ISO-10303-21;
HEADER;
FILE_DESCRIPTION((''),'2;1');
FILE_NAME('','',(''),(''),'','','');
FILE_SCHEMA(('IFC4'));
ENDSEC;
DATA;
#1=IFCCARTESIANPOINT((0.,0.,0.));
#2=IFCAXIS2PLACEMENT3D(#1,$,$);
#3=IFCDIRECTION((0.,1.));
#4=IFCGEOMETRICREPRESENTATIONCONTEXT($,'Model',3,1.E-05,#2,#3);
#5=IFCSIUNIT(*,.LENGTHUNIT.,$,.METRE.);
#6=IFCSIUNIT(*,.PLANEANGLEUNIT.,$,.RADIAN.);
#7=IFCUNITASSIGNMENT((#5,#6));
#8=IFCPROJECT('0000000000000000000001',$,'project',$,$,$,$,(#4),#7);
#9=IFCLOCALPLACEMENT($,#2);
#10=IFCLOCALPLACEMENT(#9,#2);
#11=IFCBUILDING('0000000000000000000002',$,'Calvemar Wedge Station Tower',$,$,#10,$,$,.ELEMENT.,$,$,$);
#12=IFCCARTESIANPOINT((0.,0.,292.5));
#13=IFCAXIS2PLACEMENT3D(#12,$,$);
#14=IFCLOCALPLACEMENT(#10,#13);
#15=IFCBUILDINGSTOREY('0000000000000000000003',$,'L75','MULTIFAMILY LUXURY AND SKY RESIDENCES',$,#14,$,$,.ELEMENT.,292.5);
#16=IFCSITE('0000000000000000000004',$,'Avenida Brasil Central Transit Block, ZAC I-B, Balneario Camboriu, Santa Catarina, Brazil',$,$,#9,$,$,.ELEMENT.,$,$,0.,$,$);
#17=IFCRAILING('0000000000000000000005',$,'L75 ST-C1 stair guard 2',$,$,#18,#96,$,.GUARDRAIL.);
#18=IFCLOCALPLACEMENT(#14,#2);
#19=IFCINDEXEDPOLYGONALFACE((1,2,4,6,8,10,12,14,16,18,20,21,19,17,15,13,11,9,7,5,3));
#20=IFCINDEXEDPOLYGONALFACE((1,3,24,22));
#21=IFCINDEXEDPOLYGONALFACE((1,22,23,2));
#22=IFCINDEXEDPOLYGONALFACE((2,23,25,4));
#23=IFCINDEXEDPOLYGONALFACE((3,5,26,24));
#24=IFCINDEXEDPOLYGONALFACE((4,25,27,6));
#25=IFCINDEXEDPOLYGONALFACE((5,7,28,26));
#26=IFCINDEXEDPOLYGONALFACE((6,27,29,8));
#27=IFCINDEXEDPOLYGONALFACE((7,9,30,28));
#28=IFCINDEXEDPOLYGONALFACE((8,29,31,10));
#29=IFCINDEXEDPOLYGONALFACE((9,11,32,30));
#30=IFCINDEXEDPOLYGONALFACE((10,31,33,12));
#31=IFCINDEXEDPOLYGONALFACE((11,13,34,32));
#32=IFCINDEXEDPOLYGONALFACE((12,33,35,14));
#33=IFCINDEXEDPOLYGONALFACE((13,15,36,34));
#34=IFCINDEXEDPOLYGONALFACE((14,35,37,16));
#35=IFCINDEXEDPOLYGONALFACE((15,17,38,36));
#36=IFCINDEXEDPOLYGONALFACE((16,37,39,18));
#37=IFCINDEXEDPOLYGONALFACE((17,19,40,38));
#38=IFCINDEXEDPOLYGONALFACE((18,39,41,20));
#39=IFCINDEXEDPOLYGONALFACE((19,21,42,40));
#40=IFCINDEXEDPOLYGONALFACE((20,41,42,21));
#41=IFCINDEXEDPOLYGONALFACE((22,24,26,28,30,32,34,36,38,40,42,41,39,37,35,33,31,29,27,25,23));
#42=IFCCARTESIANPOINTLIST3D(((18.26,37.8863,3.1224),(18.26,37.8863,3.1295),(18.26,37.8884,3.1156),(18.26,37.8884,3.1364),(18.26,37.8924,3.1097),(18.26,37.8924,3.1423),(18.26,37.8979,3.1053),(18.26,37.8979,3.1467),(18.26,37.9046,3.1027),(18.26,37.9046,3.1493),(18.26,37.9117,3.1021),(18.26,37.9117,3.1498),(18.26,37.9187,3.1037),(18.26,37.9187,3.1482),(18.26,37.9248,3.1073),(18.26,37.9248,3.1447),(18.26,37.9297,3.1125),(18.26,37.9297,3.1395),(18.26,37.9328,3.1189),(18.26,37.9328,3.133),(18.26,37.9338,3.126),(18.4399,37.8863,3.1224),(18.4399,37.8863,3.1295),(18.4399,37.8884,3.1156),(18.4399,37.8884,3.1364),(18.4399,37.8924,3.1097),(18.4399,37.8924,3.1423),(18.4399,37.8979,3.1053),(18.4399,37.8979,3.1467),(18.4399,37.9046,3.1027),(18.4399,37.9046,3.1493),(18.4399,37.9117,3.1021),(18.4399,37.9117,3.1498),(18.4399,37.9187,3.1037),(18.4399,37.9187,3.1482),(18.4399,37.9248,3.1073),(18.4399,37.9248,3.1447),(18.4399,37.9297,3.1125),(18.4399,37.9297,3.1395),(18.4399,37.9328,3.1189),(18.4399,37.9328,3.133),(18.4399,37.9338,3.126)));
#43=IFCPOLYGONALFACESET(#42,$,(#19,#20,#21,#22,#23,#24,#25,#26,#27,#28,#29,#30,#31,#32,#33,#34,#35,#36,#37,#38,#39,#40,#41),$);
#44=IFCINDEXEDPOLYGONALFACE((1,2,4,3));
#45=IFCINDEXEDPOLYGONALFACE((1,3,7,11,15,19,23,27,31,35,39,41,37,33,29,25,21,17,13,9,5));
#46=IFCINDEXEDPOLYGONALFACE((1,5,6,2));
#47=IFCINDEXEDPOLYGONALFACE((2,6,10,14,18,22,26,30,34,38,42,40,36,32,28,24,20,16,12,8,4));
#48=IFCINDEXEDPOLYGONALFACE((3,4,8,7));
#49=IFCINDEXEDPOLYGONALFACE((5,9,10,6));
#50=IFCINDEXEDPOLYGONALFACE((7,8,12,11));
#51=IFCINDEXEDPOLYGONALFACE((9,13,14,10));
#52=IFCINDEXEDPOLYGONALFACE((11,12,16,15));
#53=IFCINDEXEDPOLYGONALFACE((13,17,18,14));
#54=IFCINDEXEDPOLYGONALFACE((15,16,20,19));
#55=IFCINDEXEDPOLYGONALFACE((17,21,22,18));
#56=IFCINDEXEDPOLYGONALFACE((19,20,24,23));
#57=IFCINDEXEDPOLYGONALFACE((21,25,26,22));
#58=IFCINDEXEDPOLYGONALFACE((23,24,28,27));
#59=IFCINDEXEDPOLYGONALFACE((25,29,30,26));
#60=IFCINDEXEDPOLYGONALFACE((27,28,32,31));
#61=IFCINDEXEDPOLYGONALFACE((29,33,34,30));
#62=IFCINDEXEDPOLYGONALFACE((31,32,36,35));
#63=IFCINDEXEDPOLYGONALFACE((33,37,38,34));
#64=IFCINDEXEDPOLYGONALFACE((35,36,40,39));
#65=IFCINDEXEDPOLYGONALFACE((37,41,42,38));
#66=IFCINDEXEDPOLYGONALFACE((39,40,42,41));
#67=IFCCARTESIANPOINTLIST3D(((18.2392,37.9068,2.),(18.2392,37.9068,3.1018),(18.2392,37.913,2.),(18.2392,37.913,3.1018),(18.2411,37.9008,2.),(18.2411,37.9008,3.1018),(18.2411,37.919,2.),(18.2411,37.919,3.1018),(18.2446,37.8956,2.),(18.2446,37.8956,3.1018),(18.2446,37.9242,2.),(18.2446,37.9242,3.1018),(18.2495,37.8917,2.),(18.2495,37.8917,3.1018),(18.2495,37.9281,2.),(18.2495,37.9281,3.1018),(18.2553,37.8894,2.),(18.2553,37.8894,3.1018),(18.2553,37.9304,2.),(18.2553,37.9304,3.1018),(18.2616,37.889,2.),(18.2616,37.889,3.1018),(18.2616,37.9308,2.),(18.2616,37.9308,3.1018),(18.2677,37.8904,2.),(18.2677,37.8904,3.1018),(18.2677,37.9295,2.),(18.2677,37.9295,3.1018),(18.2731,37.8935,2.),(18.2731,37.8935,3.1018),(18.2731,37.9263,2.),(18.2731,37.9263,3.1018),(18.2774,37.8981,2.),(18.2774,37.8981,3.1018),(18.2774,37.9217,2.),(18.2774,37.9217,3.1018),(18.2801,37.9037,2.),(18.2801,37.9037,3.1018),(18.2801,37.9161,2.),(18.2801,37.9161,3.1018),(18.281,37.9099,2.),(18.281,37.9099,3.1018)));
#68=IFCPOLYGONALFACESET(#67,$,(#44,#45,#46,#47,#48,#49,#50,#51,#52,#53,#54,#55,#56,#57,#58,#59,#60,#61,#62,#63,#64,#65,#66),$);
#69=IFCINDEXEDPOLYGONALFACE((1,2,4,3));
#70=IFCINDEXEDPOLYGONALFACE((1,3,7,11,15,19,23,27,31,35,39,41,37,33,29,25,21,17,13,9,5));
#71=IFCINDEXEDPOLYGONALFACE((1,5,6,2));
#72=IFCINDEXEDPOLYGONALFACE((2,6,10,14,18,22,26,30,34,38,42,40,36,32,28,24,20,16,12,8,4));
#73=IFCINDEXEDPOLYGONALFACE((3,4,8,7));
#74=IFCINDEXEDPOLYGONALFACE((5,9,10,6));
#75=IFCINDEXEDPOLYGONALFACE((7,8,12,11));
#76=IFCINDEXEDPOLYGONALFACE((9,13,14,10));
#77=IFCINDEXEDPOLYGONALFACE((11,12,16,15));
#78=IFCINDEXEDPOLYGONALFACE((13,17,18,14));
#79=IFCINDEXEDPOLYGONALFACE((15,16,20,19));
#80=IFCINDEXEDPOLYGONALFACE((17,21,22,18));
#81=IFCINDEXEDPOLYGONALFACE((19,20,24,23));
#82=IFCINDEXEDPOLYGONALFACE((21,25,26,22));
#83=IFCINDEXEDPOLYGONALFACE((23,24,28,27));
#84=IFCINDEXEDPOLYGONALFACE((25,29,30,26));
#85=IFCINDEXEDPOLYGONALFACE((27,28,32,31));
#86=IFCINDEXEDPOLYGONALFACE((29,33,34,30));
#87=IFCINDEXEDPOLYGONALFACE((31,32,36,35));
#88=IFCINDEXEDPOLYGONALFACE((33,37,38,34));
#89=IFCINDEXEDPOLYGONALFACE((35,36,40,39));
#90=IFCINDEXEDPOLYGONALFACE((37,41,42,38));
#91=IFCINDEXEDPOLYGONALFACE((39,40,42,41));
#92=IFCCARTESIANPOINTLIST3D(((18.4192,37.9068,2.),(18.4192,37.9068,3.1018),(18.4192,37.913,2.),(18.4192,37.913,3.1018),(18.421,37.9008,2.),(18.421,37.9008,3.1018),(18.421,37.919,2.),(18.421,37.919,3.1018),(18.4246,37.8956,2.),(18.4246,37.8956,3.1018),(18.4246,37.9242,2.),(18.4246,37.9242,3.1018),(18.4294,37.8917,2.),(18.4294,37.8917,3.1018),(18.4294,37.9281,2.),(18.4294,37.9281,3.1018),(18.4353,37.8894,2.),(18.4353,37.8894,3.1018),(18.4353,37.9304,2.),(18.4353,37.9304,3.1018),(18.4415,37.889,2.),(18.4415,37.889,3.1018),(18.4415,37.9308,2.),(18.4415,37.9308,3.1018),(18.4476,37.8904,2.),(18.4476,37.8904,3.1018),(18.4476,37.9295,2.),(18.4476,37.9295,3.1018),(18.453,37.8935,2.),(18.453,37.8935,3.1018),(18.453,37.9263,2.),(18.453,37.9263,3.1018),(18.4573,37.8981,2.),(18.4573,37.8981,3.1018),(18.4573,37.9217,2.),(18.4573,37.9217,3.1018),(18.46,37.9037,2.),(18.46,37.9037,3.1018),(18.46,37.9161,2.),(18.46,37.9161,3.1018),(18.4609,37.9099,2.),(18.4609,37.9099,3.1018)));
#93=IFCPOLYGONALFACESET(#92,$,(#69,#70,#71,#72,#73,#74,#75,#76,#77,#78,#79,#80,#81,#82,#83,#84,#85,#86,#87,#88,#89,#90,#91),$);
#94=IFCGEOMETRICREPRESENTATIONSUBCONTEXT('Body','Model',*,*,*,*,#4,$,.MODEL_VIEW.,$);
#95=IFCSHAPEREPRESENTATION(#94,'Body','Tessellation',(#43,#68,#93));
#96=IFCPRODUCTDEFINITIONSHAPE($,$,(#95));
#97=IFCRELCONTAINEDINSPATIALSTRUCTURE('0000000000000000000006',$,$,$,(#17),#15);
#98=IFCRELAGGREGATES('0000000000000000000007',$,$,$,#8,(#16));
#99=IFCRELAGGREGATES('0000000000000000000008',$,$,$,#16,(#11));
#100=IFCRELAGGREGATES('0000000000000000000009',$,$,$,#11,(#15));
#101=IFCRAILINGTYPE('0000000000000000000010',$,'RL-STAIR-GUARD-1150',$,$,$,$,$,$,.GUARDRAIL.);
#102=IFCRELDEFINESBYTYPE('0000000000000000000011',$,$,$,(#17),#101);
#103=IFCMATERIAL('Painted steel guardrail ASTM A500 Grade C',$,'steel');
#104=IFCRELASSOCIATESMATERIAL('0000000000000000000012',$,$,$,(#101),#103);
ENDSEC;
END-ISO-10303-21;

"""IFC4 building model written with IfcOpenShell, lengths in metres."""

from ifc_helpers import new_model, si_unit, direction, frame, origin, origin_2d, place, context, subcontext, project, spatial, circle, extrude, material, type_object, element, save


model = new_model("IFC4")

# Units and contexts
model_context = context("Model", 3, precision=1e-05, world=origin(), true_north=direction((0.0, 1.0)))
body_context = subcontext(model_context, "Body", "Model", "MODEL_VIEW")
ifc_project = project(units=[si_unit("LENGTHUNIT", "METRE"), si_unit("PLANEANGLEUNIT", "RADIAN")], contexts=[model_context])

# Site, building, storey
site_placement = place(None, origin())
site = spatial("IfcSite", under=ifc_project, at=site_placement, Name="Avenida Brasil Central Transit Block, ZAC I-B, Balneario Camboriu, Santa Catarina, Brazil", CompositionType="ELEMENT", RefElevation=0.0)
building_placement = place(site_placement, origin())
building = spatial("IfcBuilding", under=site, at=building_placement, Name="Calvemar Wedge Station Tower", CompositionType="ELEMENT")
storey_placement = place(building_placement, frame((0.0, 0.0, 292.5)))
storey = spatial("IfcBuildingStorey", under=building, at=storey_placement, Name="L75", Description="MULTIFAMILY LUXURY AND SKY RESIDENCES", CompositionType="ELEMENT", Elevation=292.5)

# Railing
ifc_material_1 = material(Name="Painted steel guardrail ASTM A500 Grade C", Category="steel")
railing_type_1 = type_object("IfcRailingType", Name="RL-STAIR-GUARD-1150", PredefinedType="GUARDRAIL", material=ifc_material_1)
railing_1_placement = place(storey_placement, frame((18.26, 37.9099, 2.0)))
element("IfcRailing", 1, at=railing_1_placement, inside=storey, type_object=railing_type_1, Name="L75 ST-C1 stair guard 2", PredefinedType="GUARDRAIL", context=body_context, shape_type="SweptSolid", body=[
    extrude(circle(Radius=0.0239, at=origin_2d()), frame((0.0, 0.0, 1.126), z_axis=(1.0, 0.0, 0.0), x_axis=(0.0, 1.0, 0.0)), (0.0, 0.0, 1.0), 0.1799),
    extrude(circle(Radius=0.021, at=origin_2d()), origin(), (0.0, 0.0, 1.0), 1.1018),
    extrude(circle(Radius=0.021, at=origin_2d()), frame((0.1799, 0.0, 0.0)), (0.0, 0.0, 1.0), 1.1018),
])

save(model, "model.ifc")
